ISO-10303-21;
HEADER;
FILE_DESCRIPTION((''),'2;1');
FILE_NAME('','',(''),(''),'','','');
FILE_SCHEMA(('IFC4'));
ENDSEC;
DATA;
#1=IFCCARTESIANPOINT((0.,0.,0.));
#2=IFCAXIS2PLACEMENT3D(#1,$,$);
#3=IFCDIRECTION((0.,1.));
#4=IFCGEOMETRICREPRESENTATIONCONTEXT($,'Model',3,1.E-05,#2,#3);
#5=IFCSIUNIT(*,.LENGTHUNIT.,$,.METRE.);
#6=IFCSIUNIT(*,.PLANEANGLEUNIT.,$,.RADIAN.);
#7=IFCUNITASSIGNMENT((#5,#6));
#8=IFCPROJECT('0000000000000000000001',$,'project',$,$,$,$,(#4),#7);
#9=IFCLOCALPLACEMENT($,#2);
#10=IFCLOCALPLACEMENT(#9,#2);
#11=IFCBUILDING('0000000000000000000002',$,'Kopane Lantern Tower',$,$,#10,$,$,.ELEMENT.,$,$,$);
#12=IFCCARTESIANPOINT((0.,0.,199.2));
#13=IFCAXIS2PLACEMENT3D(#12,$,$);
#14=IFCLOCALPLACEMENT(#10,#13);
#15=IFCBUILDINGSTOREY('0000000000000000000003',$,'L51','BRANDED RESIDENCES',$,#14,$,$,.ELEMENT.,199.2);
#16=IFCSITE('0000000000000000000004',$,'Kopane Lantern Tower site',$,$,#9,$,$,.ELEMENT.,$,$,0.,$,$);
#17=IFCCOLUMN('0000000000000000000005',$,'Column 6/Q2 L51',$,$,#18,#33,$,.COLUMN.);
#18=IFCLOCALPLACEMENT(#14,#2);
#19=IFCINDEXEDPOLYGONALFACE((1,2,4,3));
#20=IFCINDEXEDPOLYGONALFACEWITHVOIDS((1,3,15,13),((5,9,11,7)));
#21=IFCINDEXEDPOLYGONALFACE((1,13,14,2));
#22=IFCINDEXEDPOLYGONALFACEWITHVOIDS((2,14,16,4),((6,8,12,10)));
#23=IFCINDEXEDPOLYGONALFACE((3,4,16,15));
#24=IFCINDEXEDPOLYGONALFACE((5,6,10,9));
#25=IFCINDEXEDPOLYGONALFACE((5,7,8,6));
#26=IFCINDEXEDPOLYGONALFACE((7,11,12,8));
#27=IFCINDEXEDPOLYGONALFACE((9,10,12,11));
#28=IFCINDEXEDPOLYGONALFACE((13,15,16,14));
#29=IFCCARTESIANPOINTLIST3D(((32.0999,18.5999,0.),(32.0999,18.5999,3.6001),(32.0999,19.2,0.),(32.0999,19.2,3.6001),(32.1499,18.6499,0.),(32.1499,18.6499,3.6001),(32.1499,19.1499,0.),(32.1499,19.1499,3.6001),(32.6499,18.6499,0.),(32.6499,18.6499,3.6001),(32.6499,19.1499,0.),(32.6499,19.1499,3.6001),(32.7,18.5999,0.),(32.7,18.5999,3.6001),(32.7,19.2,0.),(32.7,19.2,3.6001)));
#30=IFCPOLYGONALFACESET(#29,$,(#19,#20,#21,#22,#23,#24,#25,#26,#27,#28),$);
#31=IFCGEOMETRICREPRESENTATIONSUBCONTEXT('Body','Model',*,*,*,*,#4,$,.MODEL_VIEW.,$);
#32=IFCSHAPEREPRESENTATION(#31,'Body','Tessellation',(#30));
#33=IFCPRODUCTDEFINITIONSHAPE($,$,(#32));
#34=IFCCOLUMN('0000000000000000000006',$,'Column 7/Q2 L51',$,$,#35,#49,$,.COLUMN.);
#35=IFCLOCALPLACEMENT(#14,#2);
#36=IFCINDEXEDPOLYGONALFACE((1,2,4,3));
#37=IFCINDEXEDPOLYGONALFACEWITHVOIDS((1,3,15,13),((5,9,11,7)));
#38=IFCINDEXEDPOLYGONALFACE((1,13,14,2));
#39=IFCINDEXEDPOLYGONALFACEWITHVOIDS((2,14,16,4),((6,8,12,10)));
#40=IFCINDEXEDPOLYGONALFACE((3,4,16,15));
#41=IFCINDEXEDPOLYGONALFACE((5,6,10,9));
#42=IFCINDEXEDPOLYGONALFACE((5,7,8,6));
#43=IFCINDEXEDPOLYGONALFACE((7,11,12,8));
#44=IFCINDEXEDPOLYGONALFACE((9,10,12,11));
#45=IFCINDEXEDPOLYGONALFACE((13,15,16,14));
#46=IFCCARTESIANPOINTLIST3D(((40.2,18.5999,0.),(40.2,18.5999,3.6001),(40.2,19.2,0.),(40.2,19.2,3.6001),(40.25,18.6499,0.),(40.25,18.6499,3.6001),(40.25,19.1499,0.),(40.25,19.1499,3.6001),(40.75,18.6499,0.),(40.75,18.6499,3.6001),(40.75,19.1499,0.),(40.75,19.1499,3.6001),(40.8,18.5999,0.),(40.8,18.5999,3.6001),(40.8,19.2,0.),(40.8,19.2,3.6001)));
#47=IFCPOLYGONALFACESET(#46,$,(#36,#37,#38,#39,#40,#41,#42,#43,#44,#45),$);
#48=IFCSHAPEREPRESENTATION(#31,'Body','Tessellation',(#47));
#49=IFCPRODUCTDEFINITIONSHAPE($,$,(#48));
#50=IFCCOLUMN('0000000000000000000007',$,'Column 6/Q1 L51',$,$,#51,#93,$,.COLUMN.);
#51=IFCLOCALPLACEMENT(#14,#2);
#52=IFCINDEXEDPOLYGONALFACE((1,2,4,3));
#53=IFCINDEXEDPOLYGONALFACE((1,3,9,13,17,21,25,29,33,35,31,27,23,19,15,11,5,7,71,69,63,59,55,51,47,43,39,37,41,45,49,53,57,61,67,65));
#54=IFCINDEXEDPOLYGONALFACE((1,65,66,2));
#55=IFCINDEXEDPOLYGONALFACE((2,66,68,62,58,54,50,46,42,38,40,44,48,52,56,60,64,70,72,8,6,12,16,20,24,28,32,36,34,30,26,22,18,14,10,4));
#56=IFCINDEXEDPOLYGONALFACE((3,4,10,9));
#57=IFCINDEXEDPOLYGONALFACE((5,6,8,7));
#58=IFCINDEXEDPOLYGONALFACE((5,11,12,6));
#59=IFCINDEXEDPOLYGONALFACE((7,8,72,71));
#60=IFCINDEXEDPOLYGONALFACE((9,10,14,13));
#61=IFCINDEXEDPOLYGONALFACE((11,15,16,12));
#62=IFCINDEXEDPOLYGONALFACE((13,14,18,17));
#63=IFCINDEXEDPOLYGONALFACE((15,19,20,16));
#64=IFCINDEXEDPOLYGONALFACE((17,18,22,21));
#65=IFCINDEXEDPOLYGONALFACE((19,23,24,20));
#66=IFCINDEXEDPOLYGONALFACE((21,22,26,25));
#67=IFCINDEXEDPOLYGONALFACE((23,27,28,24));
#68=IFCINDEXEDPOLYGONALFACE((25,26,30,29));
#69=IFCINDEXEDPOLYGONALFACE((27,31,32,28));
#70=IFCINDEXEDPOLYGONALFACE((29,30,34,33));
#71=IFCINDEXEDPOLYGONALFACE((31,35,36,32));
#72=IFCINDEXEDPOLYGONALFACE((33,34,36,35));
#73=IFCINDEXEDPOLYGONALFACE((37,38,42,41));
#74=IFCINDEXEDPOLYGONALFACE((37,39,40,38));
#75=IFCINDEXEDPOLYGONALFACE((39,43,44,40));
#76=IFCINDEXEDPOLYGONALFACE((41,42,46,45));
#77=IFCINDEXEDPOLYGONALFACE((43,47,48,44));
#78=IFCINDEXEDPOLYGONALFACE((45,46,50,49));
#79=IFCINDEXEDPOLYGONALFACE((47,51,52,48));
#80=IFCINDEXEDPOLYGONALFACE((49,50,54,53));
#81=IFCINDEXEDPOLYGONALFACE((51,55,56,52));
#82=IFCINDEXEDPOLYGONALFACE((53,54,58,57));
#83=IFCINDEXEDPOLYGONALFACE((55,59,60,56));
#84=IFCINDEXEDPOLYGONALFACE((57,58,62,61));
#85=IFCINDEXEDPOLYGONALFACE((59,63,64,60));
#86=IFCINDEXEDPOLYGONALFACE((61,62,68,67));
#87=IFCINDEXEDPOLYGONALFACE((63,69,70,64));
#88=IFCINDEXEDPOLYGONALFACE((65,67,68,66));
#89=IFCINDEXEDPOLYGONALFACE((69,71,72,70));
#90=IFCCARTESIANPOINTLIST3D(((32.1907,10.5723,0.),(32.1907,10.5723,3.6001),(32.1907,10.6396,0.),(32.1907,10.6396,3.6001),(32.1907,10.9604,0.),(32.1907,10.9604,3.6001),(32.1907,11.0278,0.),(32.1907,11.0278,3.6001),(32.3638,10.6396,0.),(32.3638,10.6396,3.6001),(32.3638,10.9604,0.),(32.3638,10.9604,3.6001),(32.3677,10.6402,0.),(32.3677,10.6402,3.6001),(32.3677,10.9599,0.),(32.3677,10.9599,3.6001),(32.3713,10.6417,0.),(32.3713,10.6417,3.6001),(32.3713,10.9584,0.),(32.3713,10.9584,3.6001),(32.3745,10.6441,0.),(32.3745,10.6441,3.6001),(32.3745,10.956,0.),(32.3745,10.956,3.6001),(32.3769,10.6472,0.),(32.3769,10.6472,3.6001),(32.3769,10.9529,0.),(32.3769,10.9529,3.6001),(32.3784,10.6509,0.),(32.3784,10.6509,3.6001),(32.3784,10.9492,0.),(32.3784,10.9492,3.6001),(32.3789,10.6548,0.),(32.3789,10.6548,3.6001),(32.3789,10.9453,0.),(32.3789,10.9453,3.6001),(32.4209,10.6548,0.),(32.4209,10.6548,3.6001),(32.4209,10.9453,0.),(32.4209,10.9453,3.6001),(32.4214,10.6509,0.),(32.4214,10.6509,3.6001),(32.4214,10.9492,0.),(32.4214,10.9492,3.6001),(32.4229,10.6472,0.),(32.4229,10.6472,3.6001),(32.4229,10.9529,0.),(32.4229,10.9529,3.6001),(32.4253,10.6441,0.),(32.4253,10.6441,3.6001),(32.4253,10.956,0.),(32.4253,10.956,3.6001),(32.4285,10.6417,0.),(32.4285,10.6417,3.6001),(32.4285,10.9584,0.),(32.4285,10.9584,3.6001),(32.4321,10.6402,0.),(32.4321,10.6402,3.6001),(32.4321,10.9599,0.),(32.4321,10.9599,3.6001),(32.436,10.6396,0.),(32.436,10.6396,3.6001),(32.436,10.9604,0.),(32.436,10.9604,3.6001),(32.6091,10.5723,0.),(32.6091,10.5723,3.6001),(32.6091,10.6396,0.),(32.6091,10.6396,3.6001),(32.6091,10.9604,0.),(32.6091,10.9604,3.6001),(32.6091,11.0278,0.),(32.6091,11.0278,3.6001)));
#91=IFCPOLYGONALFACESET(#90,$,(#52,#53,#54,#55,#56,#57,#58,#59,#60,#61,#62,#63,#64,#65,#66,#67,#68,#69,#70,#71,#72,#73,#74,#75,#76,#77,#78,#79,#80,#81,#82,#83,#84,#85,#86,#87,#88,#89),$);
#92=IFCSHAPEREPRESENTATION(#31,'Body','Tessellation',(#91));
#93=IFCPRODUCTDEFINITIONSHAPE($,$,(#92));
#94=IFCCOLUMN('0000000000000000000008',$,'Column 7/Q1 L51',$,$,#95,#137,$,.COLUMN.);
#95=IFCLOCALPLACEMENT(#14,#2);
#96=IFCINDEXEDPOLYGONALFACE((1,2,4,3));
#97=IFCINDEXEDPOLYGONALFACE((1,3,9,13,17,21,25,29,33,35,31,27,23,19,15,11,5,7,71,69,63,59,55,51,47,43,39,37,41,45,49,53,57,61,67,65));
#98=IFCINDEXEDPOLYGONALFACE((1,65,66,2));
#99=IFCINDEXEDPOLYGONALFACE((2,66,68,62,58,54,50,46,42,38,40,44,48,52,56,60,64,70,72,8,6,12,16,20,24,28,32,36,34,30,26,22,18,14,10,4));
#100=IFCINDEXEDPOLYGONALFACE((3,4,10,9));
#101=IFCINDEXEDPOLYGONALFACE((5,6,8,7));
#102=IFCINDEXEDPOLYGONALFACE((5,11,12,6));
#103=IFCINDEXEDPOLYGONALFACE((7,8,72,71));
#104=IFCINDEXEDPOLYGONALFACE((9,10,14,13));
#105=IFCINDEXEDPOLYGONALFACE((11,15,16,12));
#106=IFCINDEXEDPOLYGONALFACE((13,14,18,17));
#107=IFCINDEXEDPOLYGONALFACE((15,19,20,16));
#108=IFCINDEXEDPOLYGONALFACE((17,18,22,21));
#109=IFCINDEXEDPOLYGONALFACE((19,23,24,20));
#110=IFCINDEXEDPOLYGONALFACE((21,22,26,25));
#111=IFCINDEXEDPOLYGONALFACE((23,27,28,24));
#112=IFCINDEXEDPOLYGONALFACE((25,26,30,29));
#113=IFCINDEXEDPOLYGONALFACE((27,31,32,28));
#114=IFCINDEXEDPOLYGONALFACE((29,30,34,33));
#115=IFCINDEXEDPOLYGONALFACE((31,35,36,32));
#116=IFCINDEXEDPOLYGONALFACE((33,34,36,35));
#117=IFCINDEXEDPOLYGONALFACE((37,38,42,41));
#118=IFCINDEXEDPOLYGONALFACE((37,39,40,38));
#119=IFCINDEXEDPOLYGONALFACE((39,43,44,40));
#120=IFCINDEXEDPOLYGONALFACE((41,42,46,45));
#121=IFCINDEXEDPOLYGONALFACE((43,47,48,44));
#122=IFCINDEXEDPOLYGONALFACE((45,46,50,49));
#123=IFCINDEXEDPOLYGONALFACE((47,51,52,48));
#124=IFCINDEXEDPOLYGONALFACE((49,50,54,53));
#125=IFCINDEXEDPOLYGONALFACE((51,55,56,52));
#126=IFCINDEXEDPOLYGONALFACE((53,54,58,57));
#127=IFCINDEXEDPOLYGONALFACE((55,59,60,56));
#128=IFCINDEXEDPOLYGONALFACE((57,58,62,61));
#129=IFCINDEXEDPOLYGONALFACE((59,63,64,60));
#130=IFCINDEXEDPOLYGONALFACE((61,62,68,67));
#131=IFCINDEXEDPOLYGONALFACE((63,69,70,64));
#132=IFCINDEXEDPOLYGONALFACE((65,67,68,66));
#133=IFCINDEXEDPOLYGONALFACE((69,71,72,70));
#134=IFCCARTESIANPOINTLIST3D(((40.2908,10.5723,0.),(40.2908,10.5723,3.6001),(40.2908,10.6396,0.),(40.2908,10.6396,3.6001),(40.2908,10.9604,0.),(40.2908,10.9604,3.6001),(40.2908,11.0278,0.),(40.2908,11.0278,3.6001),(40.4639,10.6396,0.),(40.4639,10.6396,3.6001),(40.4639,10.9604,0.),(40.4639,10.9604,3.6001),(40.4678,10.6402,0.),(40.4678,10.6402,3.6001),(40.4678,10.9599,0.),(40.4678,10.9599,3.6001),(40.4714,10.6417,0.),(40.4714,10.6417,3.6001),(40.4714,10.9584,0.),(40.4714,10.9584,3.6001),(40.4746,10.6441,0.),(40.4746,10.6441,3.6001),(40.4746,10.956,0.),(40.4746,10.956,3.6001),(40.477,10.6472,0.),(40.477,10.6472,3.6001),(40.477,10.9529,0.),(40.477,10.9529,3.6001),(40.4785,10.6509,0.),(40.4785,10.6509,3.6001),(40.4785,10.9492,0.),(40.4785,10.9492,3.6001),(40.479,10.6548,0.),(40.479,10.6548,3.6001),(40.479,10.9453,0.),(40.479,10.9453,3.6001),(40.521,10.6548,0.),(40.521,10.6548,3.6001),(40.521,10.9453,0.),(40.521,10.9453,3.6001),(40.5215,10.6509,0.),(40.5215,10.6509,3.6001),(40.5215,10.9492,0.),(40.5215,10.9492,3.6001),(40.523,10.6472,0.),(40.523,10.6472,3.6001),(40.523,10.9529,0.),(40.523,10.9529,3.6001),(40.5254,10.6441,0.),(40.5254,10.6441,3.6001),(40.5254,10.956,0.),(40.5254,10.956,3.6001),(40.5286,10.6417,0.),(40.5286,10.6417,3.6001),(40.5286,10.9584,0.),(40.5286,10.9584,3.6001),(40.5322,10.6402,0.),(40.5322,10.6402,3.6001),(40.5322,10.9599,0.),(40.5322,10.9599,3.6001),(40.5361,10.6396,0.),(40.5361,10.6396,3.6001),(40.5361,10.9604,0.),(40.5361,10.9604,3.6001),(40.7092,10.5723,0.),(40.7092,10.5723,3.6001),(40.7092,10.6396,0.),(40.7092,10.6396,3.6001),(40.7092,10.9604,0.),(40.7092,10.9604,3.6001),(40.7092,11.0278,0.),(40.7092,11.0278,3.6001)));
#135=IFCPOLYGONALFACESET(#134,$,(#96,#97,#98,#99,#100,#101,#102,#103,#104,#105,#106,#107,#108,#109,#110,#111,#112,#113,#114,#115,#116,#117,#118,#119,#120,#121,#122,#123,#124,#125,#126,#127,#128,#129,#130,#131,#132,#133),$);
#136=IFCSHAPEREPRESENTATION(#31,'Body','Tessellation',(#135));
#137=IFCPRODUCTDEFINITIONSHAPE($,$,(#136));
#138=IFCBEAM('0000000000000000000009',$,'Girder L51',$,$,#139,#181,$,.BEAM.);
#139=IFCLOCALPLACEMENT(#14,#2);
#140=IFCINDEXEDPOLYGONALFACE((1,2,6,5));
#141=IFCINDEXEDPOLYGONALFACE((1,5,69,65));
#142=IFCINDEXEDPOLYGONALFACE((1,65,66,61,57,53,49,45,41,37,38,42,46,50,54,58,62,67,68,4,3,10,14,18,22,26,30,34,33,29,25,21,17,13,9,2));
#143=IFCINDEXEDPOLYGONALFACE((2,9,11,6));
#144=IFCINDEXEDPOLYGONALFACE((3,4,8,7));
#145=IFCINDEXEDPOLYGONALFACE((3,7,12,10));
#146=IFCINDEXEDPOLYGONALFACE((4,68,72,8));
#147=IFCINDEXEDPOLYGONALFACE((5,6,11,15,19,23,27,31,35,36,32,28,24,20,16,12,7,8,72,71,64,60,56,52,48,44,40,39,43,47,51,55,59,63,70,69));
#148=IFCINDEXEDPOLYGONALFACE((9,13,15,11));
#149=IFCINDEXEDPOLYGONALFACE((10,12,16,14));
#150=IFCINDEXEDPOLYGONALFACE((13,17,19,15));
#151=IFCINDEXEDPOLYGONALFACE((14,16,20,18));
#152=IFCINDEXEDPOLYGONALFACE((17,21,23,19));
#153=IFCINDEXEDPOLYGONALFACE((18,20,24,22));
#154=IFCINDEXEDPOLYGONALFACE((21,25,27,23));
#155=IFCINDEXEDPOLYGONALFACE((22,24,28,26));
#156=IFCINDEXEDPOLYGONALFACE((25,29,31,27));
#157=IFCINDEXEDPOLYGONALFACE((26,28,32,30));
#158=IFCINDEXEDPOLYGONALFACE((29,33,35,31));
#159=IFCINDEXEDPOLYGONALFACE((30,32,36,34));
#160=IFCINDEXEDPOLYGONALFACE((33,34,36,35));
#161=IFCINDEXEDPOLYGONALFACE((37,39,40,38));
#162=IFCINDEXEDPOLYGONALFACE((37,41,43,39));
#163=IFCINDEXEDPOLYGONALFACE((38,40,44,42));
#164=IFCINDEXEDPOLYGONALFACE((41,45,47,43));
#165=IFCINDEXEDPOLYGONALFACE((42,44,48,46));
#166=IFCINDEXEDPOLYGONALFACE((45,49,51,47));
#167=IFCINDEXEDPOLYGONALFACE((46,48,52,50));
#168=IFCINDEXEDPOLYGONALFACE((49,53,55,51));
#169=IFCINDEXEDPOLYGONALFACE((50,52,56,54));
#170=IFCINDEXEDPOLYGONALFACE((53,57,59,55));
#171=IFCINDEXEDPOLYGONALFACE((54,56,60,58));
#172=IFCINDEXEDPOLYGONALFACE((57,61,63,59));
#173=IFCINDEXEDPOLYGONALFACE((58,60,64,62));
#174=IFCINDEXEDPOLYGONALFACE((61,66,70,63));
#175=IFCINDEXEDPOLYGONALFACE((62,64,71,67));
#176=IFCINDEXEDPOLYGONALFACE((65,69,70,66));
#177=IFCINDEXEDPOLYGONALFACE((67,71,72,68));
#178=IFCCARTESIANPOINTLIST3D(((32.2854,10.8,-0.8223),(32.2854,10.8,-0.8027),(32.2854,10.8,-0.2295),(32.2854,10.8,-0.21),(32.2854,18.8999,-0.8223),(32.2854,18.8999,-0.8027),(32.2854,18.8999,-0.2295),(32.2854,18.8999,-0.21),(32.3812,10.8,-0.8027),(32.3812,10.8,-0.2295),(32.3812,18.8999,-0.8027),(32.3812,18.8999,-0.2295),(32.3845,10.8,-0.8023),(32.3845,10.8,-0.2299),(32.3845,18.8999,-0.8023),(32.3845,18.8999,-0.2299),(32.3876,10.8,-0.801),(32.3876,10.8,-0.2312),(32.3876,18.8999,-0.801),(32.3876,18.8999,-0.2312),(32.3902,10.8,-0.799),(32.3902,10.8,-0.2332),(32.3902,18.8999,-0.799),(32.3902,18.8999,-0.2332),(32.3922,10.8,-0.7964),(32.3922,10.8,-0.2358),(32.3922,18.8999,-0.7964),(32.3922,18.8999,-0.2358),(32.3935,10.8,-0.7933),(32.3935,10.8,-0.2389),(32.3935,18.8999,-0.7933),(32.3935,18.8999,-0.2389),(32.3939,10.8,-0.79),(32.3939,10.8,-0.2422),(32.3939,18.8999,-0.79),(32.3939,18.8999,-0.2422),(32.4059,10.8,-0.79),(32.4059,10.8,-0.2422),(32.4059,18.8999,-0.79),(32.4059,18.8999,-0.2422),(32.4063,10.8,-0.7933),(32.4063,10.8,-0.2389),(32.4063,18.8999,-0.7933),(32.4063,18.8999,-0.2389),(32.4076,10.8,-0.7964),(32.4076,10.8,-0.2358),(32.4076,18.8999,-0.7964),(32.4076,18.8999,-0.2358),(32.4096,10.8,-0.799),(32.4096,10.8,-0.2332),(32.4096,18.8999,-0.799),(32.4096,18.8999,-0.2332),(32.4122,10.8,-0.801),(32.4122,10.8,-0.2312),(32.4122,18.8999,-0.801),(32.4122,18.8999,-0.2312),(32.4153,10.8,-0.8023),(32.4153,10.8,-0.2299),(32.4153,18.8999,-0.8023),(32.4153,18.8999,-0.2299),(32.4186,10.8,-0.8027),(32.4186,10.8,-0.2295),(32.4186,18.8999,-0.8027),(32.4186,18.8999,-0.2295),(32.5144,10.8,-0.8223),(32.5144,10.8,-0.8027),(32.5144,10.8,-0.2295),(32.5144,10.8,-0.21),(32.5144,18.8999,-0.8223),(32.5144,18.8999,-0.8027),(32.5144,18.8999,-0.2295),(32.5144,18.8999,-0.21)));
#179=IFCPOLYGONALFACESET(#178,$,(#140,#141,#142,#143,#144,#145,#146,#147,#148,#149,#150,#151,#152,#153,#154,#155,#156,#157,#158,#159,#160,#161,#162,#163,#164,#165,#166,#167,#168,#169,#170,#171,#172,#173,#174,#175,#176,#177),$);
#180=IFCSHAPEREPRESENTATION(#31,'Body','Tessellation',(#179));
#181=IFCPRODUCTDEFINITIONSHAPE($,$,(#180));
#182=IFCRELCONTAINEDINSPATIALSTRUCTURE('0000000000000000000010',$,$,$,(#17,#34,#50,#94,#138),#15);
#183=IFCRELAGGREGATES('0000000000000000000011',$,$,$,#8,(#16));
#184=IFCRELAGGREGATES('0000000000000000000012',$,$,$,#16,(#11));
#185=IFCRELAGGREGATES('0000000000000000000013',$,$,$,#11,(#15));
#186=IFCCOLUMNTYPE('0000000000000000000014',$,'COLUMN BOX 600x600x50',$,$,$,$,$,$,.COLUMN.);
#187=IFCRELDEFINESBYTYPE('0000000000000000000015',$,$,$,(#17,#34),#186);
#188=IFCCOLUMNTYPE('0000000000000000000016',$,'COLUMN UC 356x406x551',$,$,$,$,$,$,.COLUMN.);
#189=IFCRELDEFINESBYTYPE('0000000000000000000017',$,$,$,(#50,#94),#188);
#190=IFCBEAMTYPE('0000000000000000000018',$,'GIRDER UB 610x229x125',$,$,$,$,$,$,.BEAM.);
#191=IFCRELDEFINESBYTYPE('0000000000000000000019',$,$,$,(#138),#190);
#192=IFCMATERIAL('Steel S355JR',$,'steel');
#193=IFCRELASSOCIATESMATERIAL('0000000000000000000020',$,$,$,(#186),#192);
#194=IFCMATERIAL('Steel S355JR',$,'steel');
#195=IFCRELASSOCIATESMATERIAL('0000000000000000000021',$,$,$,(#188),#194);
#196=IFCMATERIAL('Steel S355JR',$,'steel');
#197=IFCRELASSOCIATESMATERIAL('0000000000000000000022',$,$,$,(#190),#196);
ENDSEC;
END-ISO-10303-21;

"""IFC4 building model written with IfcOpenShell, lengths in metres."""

from ifc_helpers import new_model, si_unit, direction, frame, origin, origin_2d, place, context, subcontext, project, spatial, hollow_rectangle, i_section, extrude, material, material_profile, profile_set, type_object, element, save


model = new_model("IFC4")

# Units and contexts
model_context = context("Model", 3, precision=1e-05, world=origin(), true_north=direction((0.0, 1.0)))
body_context = subcontext(model_context, "Body", "Model", "MODEL_VIEW")
ifc_project = project(units=[si_unit("LENGTHUNIT", "METRE"), si_unit("PLANEANGLEUNIT", "RADIAN")], contexts=[model_context])

# Site, building, storey
site_placement = place(None, origin())
site = spatial("IfcSite", under=ifc_project, at=site_placement, Name="Kopane Lantern Tower site", CompositionType="ELEMENT", RefElevation=0.0)
building_placement = place(site_placement, origin())
building = spatial("IfcBuilding", under=site, at=building_placement, Name="Kopane Lantern Tower", CompositionType="ELEMENT")
storey_placement = place(building_placement, frame((0.0, 0.0, 199.2)))
storey = spatial("IfcBuildingStorey", under=building, at=storey_placement, Name="L51", Description="BRANDED RESIDENCES", CompositionType="ELEMENT", Elevation=199.2)

# Columns
ifc_material_1 = material(Name="Steel S355JR", Category="steel")
ifc_material_profile_1 = material_profile(ifc_material_1, hollow_rectangle(XDim=0.6001, YDim=0.6001, WallThickness=0.05, at=origin_2d()), Name="BOX 600x600x50")
ifc_profile_set_1 = profile_set([ifc_material_profile_1], Name="Steel S355JR")
column_type_1 = type_object("IfcColumnType", Name="COLUMN BOX 600x600x50", PredefinedType="COLUMN", material=ifc_profile_set_1)
for number, where, z_axis, x_axis, name in (
    (1, (32.3999, 18.8999, 0.0), (0.0, 0.0, 1.0), (1.0, 0.0, 0.0), "Column 6/Q2 L51"),
    (2, (40.5, 18.8999, 0.0), (0.0, 0.0, 1.0), (1.0, 0.0, 0.0), "Column 7/Q2 L51"),
):
    element("IfcColumn", number, at=place(storey_placement, frame(where, z_axis=z_axis, x_axis=x_axis)), inside=storey, type_object=column_type_1, Name=name, PredefinedType="COLUMN", context=body_context, shape_type="SweptSolid", body=[
        extrude(hollow_rectangle(XDim=0.6001, YDim=0.6001, WallThickness=0.05, at=origin_2d()), origin(), (0.0, 0.0, 1.0), 3.6001),
    ])
ifc_material_2 = material(Name="Steel S355JR", Category="steel")
ifc_material_profile_2 = material_profile(ifc_material_2, i_section(OverallWidth=0.4185, OverallDepth=0.4556, WebThickness=0.042, FlangeThickness=0.0674, FilletRadius=0.0151, at=origin_2d()), Name="UC 356x406x551")
ifc_profile_set_2 = profile_set([ifc_material_profile_2], Name="Steel S355JR")
column_type_2 = type_object("IfcColumnType", Name="COLUMN UC 356x406x551", PredefinedType="COLUMN", material=ifc_profile_set_2)
for number, where, z_axis, x_axis, name in (
    (3, (32.3999, 10.8, 0.0), (0.0, 0.0, 1.0), (1.0, 0.0, 0.0), "Column 6/Q1 L51"),
    (4, (40.5, 10.8, 0.0), (0.0, 0.0, 1.0), (1.0, 0.0, 0.0), "Column 7/Q1 L51"),
):
    element("IfcColumn", number, at=place(storey_placement, frame(where, z_axis=z_axis, x_axis=x_axis)), inside=storey, type_object=column_type_2, Name=name, PredefinedType="COLUMN", context=body_context, shape_type="SweptSolid", body=[
        extrude(i_section(OverallWidth=0.4185, OverallDepth=0.4556, WebThickness=0.042, FlangeThickness=0.0674, FilletRadius=0.0151, at=origin_2d()), origin(), (0.0, 0.0, 1.0), 3.6001),
    ])

# Beam
ifc_material_3 = material(Name="Steel S355JR", Category="steel")
ifc_material_profile_3 = material_profile(ifc_material_3, i_section(OverallWidth=0.229, OverallDepth=0.6123, WebThickness=0.012, FlangeThickness=0.0195, FilletRadius=0.0127, at=origin_2d()), Name="UB 610x229x125")
ifc_profile_set_3 = profile_set([ifc_material_profile_3], Name="Steel S355JR")
beam_type = type_object("IfcBeamType", Name="GIRDER UB 610x229x125", PredefinedType="BEAM", material=ifc_profile_set_3)
beam_1_placement = place(storey_placement, frame((32.3999, 10.8, -0.5161), z_axis=(0.0, 1.0, 0.0), x_axis=(-1.0, 0.0, 0.0)))
element("IfcBeam", 5, at=beam_1_placement, inside=storey, type_object=beam_type, Name="Girder L51", PredefinedType="BEAM", context=body_context, shape_type="SweptSolid", body=[
    extrude(i_section(OverallWidth=0.229, OverallDepth=0.6123, WebThickness=0.012, FlangeThickness=0.0195, FilletRadius=0.0127, at=origin_2d()), origin(), (0.0, 0.0, 1.0), 8.0999),
])

save(model, "model.ifc")
